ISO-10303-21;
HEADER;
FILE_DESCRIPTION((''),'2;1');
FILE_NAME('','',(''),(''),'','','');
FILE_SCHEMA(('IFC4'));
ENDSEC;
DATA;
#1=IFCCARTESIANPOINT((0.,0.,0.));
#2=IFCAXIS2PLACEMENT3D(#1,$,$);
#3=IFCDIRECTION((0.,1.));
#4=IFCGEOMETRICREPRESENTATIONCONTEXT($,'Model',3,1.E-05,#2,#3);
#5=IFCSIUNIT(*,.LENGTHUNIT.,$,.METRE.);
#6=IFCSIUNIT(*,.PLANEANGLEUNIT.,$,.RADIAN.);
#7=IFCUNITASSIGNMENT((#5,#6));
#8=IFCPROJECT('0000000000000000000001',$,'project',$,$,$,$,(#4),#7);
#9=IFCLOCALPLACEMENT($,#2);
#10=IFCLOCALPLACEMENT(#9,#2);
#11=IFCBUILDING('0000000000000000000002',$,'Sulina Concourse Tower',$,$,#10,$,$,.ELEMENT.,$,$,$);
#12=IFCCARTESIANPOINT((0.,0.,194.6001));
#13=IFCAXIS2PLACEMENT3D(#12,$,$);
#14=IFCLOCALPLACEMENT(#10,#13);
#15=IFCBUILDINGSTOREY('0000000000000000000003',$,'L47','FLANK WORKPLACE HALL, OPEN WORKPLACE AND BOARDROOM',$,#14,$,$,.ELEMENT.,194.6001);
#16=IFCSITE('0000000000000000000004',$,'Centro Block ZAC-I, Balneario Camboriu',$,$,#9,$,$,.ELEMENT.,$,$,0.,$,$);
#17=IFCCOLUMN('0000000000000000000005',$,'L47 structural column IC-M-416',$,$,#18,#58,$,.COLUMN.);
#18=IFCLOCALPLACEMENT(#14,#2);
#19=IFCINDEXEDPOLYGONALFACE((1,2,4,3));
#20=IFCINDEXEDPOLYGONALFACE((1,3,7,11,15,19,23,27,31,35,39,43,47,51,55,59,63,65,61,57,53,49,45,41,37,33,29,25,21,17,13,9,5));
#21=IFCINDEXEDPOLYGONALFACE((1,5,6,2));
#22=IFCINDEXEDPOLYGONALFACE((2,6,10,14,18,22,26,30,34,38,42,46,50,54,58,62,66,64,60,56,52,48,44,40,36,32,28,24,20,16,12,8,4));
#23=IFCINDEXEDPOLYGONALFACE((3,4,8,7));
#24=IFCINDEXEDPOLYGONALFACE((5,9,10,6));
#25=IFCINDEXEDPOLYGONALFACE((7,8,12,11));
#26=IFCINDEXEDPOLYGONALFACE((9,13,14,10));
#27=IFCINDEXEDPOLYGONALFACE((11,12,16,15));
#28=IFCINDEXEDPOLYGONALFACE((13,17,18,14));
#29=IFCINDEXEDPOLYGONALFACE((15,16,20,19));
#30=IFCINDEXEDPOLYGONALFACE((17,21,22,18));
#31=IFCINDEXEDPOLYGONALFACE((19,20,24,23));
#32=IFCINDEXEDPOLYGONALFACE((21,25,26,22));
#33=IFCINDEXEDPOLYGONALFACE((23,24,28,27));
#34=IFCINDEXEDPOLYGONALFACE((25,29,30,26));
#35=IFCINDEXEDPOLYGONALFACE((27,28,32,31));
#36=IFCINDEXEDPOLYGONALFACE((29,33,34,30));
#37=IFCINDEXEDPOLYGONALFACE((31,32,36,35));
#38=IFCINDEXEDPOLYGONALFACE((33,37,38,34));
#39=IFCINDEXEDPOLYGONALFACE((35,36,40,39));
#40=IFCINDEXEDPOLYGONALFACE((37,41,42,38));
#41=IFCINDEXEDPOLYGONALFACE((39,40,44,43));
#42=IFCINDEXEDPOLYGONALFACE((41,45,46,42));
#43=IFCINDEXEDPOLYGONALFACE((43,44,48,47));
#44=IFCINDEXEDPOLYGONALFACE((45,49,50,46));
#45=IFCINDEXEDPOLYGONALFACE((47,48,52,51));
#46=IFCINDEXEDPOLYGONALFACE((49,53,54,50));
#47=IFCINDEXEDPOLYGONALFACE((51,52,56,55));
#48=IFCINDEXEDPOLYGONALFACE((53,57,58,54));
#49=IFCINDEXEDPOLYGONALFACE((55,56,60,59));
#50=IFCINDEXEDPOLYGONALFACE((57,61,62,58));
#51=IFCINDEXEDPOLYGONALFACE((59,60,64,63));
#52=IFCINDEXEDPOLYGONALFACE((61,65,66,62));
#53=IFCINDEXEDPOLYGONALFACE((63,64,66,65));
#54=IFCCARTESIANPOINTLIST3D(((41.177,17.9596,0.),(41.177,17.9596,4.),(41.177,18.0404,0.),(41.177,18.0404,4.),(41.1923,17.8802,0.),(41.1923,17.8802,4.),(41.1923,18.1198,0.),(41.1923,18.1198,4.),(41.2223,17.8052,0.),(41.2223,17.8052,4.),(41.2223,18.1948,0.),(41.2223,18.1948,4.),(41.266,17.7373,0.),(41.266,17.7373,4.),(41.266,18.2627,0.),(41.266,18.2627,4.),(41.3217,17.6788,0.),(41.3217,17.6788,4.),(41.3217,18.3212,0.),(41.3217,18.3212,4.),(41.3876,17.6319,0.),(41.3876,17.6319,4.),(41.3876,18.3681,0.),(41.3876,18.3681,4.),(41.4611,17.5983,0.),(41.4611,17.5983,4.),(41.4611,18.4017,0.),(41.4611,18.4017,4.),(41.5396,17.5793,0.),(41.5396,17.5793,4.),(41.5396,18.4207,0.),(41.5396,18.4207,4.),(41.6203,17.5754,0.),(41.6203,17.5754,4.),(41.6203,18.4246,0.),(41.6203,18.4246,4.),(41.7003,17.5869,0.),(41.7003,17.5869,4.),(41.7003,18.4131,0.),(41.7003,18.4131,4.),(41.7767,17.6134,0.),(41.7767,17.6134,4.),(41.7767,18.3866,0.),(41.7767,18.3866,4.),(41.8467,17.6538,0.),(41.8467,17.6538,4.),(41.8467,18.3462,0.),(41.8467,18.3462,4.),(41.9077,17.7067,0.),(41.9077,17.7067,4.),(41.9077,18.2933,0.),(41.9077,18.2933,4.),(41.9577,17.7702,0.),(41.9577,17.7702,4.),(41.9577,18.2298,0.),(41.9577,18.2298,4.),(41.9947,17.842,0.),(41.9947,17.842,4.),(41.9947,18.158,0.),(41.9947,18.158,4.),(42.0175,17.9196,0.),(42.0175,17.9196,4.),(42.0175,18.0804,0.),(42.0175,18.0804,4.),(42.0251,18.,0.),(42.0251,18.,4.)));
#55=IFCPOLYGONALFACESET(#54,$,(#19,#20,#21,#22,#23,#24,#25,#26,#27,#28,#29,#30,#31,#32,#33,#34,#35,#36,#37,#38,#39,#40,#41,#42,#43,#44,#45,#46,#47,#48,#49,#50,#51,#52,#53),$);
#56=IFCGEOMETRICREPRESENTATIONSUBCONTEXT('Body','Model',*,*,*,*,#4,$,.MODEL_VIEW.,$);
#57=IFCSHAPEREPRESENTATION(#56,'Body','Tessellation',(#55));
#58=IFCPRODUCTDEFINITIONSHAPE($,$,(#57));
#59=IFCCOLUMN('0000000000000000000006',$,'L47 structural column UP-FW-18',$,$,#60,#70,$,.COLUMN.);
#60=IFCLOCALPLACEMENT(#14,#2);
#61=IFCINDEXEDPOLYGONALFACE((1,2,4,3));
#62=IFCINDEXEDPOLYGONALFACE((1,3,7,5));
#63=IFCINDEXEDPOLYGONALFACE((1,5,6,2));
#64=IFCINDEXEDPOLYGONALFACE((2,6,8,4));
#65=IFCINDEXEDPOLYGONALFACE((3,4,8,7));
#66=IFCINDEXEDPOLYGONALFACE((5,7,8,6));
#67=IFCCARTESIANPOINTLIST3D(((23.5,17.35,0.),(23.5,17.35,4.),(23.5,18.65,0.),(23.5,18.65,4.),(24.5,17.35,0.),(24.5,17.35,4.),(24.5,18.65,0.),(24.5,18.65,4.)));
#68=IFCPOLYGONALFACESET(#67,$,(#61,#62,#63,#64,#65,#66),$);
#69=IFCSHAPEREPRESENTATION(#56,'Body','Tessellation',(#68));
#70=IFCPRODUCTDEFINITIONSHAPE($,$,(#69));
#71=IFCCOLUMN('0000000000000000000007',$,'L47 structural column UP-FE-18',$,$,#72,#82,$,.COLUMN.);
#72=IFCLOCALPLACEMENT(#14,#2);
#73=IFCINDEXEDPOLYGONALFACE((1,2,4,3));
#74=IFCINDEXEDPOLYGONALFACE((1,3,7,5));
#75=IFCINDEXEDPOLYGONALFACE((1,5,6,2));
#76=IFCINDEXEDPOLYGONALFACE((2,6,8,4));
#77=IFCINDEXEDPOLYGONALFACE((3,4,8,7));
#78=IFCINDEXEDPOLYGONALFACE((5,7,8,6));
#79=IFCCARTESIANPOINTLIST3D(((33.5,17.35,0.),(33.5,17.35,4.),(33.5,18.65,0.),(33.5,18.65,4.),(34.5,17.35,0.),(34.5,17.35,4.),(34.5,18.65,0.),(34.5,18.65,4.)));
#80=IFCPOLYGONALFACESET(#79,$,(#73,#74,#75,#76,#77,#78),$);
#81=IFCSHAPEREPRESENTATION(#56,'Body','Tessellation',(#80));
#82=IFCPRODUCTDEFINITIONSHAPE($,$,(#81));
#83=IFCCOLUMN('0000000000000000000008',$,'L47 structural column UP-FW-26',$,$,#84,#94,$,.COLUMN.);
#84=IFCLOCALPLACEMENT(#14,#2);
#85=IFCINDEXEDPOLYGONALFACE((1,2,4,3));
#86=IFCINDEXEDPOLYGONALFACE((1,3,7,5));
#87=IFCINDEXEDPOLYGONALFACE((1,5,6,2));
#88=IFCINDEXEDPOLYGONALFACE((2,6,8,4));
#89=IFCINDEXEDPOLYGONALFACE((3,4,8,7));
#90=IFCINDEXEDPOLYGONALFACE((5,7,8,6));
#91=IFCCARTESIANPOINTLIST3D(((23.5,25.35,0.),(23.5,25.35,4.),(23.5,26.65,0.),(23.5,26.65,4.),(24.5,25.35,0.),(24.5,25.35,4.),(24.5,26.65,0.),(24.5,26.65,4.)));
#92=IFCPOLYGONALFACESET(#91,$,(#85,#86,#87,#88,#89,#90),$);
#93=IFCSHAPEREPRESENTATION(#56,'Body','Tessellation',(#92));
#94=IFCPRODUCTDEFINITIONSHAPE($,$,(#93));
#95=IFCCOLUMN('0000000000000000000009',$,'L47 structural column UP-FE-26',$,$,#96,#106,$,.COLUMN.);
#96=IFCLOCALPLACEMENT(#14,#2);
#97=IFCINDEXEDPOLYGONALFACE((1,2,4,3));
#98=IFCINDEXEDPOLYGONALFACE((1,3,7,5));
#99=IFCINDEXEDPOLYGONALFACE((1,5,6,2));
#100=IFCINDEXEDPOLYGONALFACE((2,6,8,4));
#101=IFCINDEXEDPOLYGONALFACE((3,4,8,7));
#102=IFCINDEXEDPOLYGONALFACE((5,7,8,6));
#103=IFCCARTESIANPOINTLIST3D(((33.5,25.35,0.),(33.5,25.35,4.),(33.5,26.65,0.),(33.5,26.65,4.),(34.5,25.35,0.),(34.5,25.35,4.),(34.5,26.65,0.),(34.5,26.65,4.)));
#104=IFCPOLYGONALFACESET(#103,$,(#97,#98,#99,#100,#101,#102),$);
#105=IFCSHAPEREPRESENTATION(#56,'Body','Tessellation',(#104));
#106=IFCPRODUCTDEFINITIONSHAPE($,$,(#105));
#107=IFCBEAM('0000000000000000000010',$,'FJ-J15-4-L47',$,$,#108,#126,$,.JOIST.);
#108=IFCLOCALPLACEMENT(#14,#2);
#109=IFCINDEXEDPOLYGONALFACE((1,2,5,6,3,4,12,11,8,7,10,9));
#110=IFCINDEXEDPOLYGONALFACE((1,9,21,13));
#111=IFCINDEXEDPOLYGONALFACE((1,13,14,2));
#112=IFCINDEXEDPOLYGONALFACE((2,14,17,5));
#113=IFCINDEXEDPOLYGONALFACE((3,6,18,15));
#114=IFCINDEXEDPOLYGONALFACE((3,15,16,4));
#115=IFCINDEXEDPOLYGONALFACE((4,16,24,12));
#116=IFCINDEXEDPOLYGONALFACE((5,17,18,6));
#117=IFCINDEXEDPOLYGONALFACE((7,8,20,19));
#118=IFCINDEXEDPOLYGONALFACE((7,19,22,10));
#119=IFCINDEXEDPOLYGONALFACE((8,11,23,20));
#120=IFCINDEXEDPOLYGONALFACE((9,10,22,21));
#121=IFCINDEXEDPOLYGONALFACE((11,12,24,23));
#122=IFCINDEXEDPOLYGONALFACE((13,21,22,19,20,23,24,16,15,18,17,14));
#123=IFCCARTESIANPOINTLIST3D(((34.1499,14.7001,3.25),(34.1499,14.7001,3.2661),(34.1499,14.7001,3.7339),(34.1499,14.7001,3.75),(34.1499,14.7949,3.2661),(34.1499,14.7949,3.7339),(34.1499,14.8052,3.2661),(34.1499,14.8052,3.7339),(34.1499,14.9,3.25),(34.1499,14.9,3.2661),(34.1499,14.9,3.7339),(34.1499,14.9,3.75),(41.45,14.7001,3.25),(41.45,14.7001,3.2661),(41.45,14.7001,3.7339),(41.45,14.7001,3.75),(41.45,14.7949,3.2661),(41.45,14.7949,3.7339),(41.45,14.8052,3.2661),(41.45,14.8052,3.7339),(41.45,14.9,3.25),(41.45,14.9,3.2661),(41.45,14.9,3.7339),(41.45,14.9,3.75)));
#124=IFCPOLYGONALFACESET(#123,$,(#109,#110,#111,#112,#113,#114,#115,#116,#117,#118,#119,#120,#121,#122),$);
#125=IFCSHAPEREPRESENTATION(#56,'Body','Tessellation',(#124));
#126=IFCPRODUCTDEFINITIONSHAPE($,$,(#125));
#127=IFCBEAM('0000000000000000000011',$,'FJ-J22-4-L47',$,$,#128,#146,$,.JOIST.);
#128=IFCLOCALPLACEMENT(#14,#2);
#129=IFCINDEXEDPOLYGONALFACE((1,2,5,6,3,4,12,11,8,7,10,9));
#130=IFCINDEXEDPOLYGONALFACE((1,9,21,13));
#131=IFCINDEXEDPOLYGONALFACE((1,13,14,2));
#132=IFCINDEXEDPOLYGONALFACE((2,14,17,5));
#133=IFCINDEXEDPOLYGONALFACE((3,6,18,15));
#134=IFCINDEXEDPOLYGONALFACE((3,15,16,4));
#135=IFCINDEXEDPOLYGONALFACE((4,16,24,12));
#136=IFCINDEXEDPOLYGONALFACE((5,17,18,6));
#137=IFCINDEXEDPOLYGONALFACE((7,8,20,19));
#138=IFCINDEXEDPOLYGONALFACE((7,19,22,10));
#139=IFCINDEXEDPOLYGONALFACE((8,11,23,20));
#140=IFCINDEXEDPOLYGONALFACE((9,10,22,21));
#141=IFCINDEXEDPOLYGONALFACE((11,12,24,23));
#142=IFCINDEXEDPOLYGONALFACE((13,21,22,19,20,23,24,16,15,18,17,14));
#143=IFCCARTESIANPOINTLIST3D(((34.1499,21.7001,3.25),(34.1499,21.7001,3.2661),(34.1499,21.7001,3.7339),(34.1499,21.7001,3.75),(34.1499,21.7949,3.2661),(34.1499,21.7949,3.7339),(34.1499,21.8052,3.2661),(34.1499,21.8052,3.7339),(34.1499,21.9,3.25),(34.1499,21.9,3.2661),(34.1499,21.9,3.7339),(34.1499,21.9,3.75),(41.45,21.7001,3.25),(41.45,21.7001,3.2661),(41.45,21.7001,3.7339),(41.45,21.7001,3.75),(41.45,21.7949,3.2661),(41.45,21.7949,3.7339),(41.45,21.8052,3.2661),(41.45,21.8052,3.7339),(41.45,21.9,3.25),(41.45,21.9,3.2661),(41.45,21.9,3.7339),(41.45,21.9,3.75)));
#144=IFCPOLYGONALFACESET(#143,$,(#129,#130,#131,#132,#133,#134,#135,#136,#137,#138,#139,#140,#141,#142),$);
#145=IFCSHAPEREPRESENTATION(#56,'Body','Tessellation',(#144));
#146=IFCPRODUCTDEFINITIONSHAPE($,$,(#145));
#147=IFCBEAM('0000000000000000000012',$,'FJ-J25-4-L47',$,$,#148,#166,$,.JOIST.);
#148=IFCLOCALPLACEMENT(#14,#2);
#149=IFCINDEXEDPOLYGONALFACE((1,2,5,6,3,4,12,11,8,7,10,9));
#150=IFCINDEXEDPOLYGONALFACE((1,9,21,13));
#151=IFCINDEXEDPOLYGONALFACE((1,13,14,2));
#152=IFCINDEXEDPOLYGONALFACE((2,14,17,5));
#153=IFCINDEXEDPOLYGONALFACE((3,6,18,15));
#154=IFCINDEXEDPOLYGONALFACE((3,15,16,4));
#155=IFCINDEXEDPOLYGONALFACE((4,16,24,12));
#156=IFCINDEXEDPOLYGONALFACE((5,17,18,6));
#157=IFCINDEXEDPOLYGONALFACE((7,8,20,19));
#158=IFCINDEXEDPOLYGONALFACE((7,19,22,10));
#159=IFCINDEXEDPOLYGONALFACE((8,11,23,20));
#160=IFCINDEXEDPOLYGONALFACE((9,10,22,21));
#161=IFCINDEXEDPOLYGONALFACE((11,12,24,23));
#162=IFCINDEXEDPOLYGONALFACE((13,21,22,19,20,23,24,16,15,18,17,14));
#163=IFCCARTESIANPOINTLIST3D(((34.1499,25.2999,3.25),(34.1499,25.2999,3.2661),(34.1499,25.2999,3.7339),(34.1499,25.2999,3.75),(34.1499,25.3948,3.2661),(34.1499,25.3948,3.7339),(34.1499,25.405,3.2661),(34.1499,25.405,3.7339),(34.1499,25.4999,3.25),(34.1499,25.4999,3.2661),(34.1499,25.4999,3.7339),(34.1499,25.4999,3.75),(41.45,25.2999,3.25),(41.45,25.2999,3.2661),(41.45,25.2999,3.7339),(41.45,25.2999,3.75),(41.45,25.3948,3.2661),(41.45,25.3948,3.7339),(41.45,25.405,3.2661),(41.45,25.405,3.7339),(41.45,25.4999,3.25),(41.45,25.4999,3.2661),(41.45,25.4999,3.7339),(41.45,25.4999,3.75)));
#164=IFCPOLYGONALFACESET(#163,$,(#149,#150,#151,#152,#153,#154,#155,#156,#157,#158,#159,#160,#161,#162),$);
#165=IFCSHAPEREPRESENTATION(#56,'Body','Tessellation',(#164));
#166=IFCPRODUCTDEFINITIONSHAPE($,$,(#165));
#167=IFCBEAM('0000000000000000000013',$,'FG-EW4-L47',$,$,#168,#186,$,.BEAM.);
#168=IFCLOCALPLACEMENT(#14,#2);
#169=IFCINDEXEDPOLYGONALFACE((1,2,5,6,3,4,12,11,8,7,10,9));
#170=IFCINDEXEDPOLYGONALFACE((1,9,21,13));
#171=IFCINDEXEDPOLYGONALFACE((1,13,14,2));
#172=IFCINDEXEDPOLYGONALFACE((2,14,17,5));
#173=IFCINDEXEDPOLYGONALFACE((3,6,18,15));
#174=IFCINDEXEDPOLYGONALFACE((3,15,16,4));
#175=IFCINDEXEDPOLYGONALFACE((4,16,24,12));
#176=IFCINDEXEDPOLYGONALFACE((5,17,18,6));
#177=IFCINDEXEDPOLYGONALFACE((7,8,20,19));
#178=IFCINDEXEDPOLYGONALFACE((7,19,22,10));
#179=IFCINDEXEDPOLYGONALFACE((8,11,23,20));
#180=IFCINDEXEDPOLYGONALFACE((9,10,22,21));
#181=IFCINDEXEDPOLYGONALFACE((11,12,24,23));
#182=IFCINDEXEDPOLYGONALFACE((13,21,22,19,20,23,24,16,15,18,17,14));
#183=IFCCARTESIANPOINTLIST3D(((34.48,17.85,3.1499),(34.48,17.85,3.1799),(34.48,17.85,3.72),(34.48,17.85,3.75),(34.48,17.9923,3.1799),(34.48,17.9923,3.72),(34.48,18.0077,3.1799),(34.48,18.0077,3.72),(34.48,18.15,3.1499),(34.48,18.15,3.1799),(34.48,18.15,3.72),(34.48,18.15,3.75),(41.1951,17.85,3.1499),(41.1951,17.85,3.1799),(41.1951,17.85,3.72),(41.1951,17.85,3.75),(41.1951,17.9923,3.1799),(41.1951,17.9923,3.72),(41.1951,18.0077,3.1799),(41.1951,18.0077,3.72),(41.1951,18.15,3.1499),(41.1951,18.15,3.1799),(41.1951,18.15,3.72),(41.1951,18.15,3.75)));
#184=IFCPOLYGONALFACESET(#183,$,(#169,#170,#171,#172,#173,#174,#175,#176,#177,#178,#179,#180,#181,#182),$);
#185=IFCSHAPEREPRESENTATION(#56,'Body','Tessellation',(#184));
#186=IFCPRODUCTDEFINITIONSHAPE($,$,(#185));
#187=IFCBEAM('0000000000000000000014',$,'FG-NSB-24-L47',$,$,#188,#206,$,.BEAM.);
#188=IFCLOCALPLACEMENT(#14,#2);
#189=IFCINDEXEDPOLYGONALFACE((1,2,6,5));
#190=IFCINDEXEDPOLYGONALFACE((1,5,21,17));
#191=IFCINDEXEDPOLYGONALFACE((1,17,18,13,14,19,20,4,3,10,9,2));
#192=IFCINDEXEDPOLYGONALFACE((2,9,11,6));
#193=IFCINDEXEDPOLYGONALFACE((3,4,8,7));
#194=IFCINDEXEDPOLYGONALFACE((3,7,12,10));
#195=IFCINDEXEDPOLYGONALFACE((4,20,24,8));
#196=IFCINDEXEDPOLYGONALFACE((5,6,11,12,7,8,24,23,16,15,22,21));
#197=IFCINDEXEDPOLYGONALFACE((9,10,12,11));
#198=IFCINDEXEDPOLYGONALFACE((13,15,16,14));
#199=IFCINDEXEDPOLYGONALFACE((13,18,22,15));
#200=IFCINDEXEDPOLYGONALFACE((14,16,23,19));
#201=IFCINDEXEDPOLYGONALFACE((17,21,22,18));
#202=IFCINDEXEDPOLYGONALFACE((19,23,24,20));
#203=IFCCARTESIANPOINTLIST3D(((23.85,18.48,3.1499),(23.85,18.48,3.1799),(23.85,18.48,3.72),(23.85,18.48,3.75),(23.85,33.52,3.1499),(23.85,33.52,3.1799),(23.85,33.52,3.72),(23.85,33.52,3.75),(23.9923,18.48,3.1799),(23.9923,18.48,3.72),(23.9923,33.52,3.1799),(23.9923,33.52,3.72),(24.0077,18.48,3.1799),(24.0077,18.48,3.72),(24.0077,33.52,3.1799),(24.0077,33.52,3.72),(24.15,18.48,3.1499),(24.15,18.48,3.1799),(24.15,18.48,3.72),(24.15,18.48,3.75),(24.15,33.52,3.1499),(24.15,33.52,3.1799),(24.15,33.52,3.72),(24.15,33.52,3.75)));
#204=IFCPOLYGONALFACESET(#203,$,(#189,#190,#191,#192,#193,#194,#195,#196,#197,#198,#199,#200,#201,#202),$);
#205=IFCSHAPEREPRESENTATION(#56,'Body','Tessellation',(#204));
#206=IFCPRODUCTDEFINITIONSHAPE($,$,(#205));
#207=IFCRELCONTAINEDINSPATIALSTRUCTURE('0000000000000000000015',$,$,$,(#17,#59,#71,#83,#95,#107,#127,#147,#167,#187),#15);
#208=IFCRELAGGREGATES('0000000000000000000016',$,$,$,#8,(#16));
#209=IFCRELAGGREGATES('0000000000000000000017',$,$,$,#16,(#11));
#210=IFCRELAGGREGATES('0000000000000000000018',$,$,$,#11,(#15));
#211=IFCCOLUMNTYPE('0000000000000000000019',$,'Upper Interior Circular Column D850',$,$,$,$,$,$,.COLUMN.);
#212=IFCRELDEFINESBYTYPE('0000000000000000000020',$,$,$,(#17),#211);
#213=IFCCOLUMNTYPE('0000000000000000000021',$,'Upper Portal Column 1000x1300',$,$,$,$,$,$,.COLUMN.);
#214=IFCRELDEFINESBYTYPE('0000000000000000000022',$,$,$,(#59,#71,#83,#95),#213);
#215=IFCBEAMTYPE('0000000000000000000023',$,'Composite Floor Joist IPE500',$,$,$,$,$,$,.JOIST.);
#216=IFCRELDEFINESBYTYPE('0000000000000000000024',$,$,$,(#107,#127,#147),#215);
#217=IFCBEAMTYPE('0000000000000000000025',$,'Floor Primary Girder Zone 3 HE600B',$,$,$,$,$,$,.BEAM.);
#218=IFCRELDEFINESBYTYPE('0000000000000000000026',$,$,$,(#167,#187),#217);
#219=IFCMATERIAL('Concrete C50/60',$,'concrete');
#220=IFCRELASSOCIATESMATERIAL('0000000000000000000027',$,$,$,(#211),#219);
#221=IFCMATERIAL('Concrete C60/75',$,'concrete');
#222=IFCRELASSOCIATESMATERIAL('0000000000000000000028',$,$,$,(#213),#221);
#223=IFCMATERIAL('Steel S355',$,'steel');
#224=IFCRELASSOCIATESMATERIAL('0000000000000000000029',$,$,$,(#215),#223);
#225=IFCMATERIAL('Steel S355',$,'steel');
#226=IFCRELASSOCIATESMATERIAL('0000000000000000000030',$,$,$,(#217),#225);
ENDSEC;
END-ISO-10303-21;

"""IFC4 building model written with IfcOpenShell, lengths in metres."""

from ifc_helpers import new_model, si_unit, direction, frame, origin, origin_2d, place, context, subcontext, project, spatial, rectangle, circle, i_section, extrude, material, material_profile, profile_set, type_object, element, save


model = new_model("IFC4")

# Units and contexts
model_context = context("Model", 3, precision=1e-05, world=origin(), true_north=direction((0.0, 1.0)))
body_context = subcontext(model_context, "Body", "Model", "MODEL_VIEW")
ifc_project = project(units=[si_unit("LENGTHUNIT", "METRE"), si_unit("PLANEANGLEUNIT", "RADIAN")], contexts=[model_context])

# Site, building, storey
site_placement = place(None, origin())
site = spatial("IfcSite", under=ifc_project, at=site_placement, Name="Centro Block ZAC-I, Balneario Camboriu", CompositionType="ELEMENT", RefElevation=0.0)
building_placement = place(site_placement, origin())
building = spatial("IfcBuilding", under=site, at=building_placement, Name="Sulina Concourse Tower", CompositionType="ELEMENT")
storey_placement = place(building_placement, frame((0.0, 0.0, 194.6001)))
storey = spatial("IfcBuildingStorey", under=building, at=storey_placement, Name="L47", Description="FLANK WORKPLACE HALL, OPEN WORKPLACE AND BOARDROOM", CompositionType="ELEMENT", Elevation=194.6001)

# Columns
ifc_material_1 = material(Name="Concrete C50/60", Category="concrete")
ifc_material_profile_1 = material_profile(ifc_material_1, circle(Radius=0.425, at=origin_2d()), Name="RC D850")
ifc_profile_set_1 = profile_set([ifc_material_profile_1], Name="Concrete C50/60")
column_type_1 = type_object("IfcColumnType", Name="Upper Interior Circular Column D850", PredefinedType="COLUMN", material=ifc_profile_set_1)
column_placement = place(storey_placement, frame((41.6001, 18.0, 0.0), z_axis=(0.0, 0.0, 1.0), x_axis=(1.0, 0.0, 0.0)))
element("IfcColumn", 1, at=column_placement, inside=storey, type_object=column_type_1, Name="L47 structural column IC-M-416", PredefinedType="COLUMN", context=body_context, shape_type="SweptSolid", body=[
    extrude(circle(Radius=0.425, at=origin_2d()), origin(), (0.0, 0.0, 1.0), 4.0),
])
ifc_material_2 = material(Name="Concrete C60/75", Category="concrete")
ifc_material_profile_2 = material_profile(ifc_material_2, rectangle(XDim=1.0, YDim=1.3, at=origin_2d()), Name="RC 1000x1300")
ifc_profile_set_2 = profile_set([ifc_material_profile_2], Name="Concrete C60/75")
column_type_2 = type_object("IfcColumnType", Name="Upper Portal Column 1000x1300", PredefinedType="COLUMN", material=ifc_profile_set_2)
for number, where, z_axis, x_axis, name in (
    (2, (24.0, 18.0, 0.0), (0.0, 0.0, 1.0), (1.0, 0.0, 0.0), "L47 structural column UP-FW-18"),
    (3, (34.0, 18.0, 0.0), (0.0, 0.0, 1.0), (1.0, 0.0, 0.0), "L47 structural column UP-FE-18"),
    (4, (24.0, 26.0, 0.0), (0.0, 0.0, 1.0), (1.0, 0.0, 0.0), "L47 structural column UP-FW-26"),
    (5, (34.0, 26.0, 0.0), (0.0, 0.0, 1.0), (1.0, 0.0, 0.0), "L47 structural column UP-FE-26"),
):
    element("IfcColumn", number, at=place(storey_placement, frame(where, z_axis=z_axis, x_axis=x_axis)), inside=storey, type_object=column_type_2, Name=name, PredefinedType="COLUMN", context=body_context, shape_type="SweptSolid", body=[
        extrude(rectangle(XDim=1.0, YDim=1.3, at=origin_2d()), origin(), (0.0, 0.0, 1.0), 4.0),
    ])

# Beams
ifc_material_3 = material(Name="Steel S355", Category="steel")
ifc_material_profile_3 = material_profile(ifc_material_3, i_section(OverallWidth=0.2, OverallDepth=0.5, WebThickness=0.0103, FlangeThickness=0.0161, at=origin_2d()), Name="IPE 500")
ifc_profile_set_3 = profile_set([ifc_material_profile_3], Name="Steel S355")
beam_type_1 = type_object("IfcBeamType", Name="Composite Floor Joist IPE500", PredefinedType="JOIST", material=ifc_profile_set_3)
for number, where, z_axis, x_axis, name in (
    (6, (34.1499, 14.8, 3.5), (1.0, 0.0, 0.0), (0.0, 1.0, 0.0), "FJ-J15-4-L47"),
    (7, (34.1499, 21.8, 3.5), (1.0, 0.0, 0.0), (0.0, 1.0, 0.0), "FJ-J22-4-L47"),
    (8, (34.1499, 25.3999, 3.5), (1.0, 0.0, 0.0), (0.0, 1.0, 0.0), "FJ-J25-4-L47"),
):
    element("IfcBeam", number, at=place(storey_placement, frame(where, z_axis=z_axis, x_axis=x_axis)), inside=storey, type_object=beam_type_1, Name=name, PredefinedType="JOIST", context=body_context, shape_type="SweptSolid", body=[
        extrude(i_section(OverallWidth=0.2, OverallDepth=0.5, WebThickness=0.0103, FlangeThickness=0.0161, at=origin_2d()), origin(), (0.0, 0.0, 1.0), 7.3),
    ])
ifc_material_4 = material(Name="Steel S355", Category="steel")
ifc_material_profile_4 = material_profile(ifc_material_4, i_section(OverallWidth=0.3, OverallDepth=0.6001, WebThickness=0.0154, FlangeThickness=0.03, at=origin_2d()), Name="HE 600 B")
ifc_profile_set_4 = profile_set([ifc_material_profile_4], Name="Steel S355")
beam_type_2 = type_object("IfcBeamType", Name="Floor Primary Girder Zone 3 HE600B", PredefinedType="BEAM", material=ifc_profile_set_4)
beam_1_placement = place(storey_placement, frame((34.48, 18.0, 3.45), z_axis=(1.0, 0.0, 0.0), x_axis=(0.0, 1.0, 0.0)))
element("IfcBeam", 9, at=beam_1_placement, inside=storey, type_object=beam_type_2, Name="FG-EW4-L47", PredefinedType="BEAM", context=body_context, shape_type="SweptSolid", body=[
    extrude(i_section(OverallWidth=0.3, OverallDepth=0.6001, WebThickness=0.0154, FlangeThickness=0.03, at=origin_2d()), origin(), (0.0, 0.0, 1.0), 6.7151),
])
for number, where, z_axis, x_axis, name in (
    (10, (24.0, 18.48, 3.45), (0.0, 1.0, 0.0), (-1.0, 0.0, 0.0), "FG-NSB-24-L47"),
):
    element("IfcBeam", number, at=place(storey_placement, frame(where, z_axis=z_axis, x_axis=x_axis)), inside=storey, type_object=beam_type_2, Name=name, PredefinedType="BEAM", context=body_context, shape_type="SweptSolid", body=[
        extrude(i_section(OverallWidth=0.3, OverallDepth=0.6001, WebThickness=0.0154, FlangeThickness=0.03, at=origin_2d()), origin(), (0.0, 0.0, 1.0), 15.04),
    ])

save(model, "model.ifc")
